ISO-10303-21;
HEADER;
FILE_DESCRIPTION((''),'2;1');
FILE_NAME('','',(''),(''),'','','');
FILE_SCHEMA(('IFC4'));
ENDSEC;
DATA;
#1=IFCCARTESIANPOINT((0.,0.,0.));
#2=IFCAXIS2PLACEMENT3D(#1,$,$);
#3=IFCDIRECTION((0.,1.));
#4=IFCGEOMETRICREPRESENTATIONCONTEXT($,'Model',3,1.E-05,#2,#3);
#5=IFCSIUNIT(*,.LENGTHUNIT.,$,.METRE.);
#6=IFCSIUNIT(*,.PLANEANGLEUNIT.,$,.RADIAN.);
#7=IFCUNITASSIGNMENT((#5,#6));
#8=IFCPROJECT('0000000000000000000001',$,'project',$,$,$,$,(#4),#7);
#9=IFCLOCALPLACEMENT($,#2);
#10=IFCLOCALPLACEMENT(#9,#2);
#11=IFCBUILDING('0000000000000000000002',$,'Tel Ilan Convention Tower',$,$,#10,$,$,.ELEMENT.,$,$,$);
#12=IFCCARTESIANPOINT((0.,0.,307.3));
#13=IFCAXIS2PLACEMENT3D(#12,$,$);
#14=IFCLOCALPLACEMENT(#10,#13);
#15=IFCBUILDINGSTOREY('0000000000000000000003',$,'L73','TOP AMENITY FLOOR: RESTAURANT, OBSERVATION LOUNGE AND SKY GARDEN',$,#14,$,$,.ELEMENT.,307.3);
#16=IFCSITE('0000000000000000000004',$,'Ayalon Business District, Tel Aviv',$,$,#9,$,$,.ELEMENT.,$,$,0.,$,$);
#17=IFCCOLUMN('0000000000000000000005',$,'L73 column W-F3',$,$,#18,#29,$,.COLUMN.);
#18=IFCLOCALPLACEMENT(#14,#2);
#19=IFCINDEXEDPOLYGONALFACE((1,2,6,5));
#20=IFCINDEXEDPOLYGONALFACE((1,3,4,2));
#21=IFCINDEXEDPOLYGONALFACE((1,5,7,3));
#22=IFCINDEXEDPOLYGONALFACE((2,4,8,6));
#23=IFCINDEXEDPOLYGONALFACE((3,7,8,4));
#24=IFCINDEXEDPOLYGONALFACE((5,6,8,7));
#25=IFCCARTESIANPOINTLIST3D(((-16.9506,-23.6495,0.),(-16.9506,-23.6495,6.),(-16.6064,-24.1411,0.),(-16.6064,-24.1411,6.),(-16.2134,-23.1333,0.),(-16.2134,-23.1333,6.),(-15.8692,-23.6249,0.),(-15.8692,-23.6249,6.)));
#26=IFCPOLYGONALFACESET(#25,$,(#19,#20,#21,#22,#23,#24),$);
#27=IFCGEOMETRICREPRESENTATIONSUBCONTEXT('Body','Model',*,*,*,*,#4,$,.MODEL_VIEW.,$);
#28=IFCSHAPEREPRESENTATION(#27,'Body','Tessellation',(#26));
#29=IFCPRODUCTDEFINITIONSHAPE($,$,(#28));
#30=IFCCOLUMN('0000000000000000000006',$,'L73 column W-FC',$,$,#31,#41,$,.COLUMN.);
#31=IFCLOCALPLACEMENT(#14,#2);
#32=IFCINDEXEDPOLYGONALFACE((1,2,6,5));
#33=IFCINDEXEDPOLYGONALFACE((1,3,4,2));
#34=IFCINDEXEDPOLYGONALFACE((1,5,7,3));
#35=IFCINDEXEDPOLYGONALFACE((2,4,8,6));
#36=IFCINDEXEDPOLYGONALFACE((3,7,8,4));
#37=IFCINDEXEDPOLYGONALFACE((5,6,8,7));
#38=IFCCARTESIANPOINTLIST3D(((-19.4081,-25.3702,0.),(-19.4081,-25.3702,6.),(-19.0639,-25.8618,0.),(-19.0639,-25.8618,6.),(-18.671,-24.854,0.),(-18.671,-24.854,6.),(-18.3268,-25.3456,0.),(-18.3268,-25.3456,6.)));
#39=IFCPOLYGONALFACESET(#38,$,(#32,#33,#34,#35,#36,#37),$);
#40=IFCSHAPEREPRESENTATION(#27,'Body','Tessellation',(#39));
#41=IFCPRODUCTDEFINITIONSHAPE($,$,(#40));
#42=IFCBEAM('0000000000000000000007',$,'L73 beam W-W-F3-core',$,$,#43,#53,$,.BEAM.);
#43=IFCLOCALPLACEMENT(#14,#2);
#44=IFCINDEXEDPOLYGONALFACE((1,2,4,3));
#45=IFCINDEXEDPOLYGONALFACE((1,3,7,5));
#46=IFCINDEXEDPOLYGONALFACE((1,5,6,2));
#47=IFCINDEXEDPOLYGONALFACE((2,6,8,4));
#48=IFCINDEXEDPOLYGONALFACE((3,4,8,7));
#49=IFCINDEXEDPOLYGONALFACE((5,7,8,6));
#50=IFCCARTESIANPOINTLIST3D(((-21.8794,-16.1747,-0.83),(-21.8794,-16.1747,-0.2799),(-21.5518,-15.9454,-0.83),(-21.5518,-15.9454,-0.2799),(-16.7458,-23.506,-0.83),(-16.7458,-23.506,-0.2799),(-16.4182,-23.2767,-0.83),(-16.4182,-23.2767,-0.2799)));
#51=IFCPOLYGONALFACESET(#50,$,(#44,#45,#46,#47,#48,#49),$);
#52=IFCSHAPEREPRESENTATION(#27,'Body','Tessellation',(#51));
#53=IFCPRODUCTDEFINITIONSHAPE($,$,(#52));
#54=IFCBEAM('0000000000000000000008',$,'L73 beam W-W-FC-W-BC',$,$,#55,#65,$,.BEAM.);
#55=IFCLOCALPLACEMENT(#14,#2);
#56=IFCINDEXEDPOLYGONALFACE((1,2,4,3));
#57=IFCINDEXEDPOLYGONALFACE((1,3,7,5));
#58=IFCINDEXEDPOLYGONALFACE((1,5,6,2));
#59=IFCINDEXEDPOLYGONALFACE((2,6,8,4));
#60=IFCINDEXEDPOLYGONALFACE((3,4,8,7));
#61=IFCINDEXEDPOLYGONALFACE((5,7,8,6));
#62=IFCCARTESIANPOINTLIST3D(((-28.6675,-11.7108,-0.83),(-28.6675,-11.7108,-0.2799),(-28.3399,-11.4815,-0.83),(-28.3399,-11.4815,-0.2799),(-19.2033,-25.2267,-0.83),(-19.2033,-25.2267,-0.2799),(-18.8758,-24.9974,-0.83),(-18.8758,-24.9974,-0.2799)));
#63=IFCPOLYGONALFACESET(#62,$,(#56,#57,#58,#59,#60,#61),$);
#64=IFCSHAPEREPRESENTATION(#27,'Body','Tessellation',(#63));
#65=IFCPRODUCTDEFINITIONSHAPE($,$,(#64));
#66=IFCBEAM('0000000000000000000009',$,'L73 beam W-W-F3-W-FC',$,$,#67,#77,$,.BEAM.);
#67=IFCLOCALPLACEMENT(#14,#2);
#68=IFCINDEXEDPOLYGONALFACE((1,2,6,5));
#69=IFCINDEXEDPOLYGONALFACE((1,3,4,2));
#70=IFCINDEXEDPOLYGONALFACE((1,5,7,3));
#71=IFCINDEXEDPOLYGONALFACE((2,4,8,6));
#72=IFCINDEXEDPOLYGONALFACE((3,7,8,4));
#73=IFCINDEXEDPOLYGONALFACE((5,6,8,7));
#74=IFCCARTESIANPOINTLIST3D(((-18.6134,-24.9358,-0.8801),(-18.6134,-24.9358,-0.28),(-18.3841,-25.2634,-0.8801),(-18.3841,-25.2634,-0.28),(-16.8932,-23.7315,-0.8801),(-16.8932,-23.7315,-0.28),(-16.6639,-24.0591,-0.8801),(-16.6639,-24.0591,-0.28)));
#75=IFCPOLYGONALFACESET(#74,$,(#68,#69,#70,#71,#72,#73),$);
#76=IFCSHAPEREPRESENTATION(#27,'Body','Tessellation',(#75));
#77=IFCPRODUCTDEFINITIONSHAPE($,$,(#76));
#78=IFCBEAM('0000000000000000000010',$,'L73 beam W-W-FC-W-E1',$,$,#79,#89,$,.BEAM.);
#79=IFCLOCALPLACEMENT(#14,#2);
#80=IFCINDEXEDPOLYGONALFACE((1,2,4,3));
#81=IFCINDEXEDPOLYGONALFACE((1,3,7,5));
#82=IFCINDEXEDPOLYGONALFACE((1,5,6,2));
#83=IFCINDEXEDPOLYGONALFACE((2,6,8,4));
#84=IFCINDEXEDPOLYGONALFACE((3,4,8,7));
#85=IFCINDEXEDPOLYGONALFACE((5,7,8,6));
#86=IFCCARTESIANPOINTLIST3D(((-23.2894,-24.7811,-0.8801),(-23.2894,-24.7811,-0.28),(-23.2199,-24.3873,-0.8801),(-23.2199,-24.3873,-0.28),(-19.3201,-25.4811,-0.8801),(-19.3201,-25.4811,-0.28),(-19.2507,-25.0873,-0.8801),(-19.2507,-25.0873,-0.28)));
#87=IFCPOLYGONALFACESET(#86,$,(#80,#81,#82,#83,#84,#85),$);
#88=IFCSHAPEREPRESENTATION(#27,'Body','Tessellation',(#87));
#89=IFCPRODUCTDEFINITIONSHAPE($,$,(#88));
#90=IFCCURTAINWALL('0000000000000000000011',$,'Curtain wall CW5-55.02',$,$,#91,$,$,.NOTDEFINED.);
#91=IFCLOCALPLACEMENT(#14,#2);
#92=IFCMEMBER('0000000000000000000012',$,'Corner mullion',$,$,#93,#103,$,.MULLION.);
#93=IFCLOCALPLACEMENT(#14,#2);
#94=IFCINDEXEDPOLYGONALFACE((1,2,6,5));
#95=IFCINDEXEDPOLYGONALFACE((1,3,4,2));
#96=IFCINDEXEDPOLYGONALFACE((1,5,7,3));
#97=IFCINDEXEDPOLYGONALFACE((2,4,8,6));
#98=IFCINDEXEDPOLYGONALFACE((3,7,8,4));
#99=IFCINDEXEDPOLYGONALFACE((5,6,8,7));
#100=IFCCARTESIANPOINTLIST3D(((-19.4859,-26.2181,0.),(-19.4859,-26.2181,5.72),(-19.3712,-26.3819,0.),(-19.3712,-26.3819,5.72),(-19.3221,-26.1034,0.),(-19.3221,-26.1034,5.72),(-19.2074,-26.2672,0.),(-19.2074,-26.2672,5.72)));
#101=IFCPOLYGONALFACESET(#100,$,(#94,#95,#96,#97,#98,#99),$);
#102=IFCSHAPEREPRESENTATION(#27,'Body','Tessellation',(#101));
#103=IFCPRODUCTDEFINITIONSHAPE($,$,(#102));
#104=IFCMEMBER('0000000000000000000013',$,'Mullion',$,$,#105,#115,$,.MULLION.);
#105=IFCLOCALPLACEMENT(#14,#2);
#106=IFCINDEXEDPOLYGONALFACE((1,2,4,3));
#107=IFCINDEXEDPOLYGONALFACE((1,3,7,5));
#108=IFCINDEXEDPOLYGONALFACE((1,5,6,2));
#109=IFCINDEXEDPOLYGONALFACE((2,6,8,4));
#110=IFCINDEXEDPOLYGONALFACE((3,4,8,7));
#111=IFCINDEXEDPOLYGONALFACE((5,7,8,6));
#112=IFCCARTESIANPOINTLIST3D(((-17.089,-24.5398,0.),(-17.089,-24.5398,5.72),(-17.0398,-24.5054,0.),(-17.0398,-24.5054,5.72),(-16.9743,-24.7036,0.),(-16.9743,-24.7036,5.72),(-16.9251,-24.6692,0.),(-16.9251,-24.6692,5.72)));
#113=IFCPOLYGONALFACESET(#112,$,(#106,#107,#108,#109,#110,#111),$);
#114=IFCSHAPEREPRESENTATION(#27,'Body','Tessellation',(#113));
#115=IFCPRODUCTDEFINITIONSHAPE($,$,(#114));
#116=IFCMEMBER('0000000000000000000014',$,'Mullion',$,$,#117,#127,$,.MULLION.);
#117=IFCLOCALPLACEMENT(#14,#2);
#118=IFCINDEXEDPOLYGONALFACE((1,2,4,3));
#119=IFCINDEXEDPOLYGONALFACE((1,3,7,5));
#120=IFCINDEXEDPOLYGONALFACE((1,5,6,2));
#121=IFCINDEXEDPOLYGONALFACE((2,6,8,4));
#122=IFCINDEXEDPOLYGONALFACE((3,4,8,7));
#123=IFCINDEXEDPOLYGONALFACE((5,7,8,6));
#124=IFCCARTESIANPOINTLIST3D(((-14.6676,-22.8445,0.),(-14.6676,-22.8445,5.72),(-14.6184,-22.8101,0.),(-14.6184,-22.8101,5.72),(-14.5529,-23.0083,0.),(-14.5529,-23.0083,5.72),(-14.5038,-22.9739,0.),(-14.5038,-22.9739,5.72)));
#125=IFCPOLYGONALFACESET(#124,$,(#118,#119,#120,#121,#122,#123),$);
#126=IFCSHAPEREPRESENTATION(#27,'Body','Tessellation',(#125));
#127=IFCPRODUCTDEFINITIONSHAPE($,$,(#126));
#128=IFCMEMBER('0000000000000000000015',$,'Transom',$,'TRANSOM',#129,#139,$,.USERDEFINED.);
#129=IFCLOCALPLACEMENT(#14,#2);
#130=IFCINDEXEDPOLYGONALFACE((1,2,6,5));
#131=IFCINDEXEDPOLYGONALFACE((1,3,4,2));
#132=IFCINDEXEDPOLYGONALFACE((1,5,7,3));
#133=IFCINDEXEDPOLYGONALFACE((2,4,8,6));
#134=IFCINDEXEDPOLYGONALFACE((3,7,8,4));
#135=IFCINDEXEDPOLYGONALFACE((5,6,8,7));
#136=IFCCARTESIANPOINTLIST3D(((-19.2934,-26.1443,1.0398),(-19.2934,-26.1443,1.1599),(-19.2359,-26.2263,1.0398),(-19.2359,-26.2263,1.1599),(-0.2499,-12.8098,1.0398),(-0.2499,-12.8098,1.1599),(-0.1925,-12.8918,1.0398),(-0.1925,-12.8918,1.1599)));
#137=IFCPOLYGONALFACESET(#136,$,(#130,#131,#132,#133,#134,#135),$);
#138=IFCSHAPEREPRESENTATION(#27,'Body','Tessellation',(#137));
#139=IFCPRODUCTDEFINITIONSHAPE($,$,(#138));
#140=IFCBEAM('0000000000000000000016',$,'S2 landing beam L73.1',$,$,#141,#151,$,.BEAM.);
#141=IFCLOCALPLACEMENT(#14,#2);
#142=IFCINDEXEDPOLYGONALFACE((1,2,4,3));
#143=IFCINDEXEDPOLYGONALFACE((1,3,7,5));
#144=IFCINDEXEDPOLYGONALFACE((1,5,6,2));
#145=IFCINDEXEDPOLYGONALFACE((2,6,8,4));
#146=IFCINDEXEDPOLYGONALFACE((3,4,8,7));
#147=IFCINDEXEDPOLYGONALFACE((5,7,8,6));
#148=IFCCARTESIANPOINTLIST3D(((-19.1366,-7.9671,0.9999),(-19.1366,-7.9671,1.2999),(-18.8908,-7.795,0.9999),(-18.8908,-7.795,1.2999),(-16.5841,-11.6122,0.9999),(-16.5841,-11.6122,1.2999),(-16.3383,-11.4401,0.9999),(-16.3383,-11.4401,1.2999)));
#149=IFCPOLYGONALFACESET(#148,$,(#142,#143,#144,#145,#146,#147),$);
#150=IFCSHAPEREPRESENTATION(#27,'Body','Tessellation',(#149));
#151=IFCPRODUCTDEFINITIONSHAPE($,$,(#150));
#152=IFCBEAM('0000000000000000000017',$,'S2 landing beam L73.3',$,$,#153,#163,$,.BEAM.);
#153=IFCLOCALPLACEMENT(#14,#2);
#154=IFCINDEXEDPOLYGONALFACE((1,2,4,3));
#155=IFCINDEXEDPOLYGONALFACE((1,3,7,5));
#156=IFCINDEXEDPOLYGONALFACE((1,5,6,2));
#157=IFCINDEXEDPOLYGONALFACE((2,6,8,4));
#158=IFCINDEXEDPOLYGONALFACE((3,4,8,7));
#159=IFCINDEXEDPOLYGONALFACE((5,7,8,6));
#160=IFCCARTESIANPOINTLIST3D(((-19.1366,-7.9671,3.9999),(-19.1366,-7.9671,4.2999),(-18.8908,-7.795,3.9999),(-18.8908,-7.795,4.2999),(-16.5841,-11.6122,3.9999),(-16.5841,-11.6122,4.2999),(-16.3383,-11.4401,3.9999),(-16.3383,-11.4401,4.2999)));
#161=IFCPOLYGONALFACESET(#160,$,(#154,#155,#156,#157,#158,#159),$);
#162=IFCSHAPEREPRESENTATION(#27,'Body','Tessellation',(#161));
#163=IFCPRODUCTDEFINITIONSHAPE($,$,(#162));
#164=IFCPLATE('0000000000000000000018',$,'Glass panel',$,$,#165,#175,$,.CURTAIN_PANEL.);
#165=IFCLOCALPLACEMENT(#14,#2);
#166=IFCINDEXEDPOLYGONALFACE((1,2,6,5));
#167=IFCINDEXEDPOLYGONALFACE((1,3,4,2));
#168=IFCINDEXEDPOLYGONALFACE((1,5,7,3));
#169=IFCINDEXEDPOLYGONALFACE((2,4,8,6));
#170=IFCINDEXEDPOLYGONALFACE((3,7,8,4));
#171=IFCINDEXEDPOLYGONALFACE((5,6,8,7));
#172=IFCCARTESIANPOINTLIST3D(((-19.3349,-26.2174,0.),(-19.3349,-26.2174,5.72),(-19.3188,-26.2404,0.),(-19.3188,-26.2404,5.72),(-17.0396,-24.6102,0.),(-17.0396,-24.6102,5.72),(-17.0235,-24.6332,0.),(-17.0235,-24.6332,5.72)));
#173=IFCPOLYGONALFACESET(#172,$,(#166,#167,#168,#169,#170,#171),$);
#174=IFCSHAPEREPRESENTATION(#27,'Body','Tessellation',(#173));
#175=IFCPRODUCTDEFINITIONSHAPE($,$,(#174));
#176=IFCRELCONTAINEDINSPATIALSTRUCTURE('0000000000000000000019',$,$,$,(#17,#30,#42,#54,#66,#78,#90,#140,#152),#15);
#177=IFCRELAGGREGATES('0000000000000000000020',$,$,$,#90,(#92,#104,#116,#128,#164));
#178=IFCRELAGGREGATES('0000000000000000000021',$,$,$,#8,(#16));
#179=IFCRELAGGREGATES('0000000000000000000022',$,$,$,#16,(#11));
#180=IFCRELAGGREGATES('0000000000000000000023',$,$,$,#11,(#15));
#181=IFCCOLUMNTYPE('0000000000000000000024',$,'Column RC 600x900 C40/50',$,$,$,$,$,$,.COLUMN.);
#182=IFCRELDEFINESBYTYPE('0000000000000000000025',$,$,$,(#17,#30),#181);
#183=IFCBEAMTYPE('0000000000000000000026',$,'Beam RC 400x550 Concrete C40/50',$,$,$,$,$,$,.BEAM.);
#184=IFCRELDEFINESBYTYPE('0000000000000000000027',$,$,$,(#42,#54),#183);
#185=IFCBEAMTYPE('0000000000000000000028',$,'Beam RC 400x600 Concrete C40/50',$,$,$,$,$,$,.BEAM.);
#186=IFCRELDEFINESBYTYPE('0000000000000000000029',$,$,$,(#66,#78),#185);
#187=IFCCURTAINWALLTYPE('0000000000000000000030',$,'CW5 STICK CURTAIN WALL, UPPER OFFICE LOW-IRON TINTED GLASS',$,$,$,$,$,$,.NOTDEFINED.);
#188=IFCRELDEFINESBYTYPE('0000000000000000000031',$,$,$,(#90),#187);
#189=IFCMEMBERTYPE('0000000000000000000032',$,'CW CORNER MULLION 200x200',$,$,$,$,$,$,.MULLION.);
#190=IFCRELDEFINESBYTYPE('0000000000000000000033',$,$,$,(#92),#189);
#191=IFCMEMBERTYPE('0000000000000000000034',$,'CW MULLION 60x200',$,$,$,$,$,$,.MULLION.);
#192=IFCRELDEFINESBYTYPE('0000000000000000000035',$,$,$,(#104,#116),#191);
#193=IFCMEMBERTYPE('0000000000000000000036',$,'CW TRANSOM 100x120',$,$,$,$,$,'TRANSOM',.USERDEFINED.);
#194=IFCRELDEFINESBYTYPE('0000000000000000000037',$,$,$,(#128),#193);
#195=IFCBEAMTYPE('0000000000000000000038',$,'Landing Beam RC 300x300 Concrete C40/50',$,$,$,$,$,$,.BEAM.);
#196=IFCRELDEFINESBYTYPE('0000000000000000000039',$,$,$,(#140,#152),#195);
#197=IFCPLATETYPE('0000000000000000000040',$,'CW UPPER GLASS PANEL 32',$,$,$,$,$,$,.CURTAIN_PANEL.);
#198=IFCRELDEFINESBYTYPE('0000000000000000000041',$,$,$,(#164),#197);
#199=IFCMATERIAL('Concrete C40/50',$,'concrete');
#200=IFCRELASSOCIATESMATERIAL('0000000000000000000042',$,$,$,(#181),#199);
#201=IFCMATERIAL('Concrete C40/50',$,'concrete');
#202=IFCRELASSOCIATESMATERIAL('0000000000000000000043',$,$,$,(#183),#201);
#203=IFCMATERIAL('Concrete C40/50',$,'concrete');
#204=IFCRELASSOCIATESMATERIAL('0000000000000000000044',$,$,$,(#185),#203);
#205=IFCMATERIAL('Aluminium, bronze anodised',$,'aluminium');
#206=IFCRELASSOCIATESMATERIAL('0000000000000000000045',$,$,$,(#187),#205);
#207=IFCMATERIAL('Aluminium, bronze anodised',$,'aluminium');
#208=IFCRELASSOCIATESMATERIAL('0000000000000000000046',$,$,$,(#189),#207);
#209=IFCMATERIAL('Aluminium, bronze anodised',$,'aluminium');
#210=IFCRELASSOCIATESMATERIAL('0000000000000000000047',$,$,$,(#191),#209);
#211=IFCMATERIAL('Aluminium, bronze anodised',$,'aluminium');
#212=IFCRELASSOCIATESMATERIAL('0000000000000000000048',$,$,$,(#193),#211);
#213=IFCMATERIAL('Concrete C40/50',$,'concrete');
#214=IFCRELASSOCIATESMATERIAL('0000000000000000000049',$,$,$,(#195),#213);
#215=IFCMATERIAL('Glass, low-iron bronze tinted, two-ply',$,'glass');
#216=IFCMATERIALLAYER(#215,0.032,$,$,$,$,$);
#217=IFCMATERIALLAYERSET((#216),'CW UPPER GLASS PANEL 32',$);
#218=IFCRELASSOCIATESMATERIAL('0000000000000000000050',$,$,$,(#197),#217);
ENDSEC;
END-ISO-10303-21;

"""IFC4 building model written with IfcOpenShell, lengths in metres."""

from ifc_helpers import new_model, si_unit, direction, frame, origin, origin_2d, place, context, subcontext, project, spatial, rectangle, extrude, material, layer, layer_set, material_profile, profile_set, type_object, element, aggregate, save


model = new_model("IFC4")

# Units and contexts
model_context = context("Model", 3, precision=1e-05, world=origin(), true_north=direction((0.0, 1.0)))
body_context = subcontext(model_context, "Body", "Model", "MODEL_VIEW")
ifc_project = project(units=[si_unit("LENGTHUNIT", "METRE"), si_unit("PLANEANGLEUNIT", "RADIAN")], contexts=[model_context])

# Site, building, storey
site_placement = place(None, origin())
site = spatial("IfcSite", under=ifc_project, at=site_placement, Name="Ayalon Business District, Tel Aviv", CompositionType="ELEMENT", RefElevation=0.0)
building_placement = place(site_placement, origin())
building = spatial("IfcBuilding", under=site, at=building_placement, Name="Tel Ilan Convention Tower", CompositionType="ELEMENT")
storey_placement = place(building_placement, frame((0.0, 0.0, 307.3)))
storey = spatial("IfcBuildingStorey", under=building, at=storey_placement, Name="L73", Description="TOP AMENITY FLOOR: RESTAURANT, OBSERVATION LOUNGE AND SKY GARDEN", CompositionType="ELEMENT", Elevation=307.3)

# Columns
ifc_material_1 = material(Name="Concrete C40/50", Category="concrete")
ifc_material_profile_1 = material_profile(ifc_material_1, rectangle(XDim=0.8999, YDim=0.6001, at=origin_2d()), Name="RC 600x900")
ifc_profile_set_1 = profile_set([ifc_material_profile_1], Name="Concrete C40/50")
column_type = type_object("IfcColumnType", Name="Column RC 600x900 C40/50", PredefinedType="COLUMN", material=ifc_profile_set_1)
for number, where, z_axis, x_axis, name in (
    (1, (-16.4099, -23.6372, 0.0), (0.0, 0.0, 1.0), (-0.819152, -0.573576, 0.0), "L73 column W-F3"),
    (2, (-18.8674, -25.3579, 0.0), (0.0, 0.0, 1.0), (-0.819152, -0.573576, 0.0), "L73 column W-FC"),
):
    element("IfcColumn", number, at=place(storey_placement, frame(where, z_axis=z_axis, x_axis=x_axis)), inside=storey, type_object=column_type, Name=name, PredefinedType="COLUMN", context=body_context, shape_type="SweptSolid", body=[
        extrude(rectangle(XDim=0.8999, YDim=0.6001, at=origin_2d()), origin(), (0.0, 0.0, 1.0), 6.0),
    ])

# Beams
ifc_material_2 = material(Name="Concrete C40/50", Category="concrete")
ifc_material_profile_2 = material_profile(ifc_material_2, rectangle(XDim=0.3999, YDim=0.55, at=origin_2d()), Name="RC 400x550")
ifc_profile_set_2 = profile_set([ifc_material_profile_2], Name="Concrete C40/50")
beam_type_1 = type_object("IfcBeamType", Name="Beam RC 400x550 Concrete C40/50", PredefinedType="BEAM", material=ifc_profile_set_2)
beam_1_placement = place(storey_placement, frame((-16.582, -23.3914, -0.5549), z_axis=(-0.573585, 0.819146, 0.0), x_axis=(-0.819146, -0.573585, 0.0)))
element("IfcBeam", 3, at=beam_1_placement, inside=storey, type_object=beam_type_1, Name="L73 beam W-W-F3-core", PredefinedType="BEAM", context=body_context, shape_type="SweptSolid", body=[
    extrude(rectangle(XDim=0.3999, YDim=0.55, at=origin_2d()), origin(), (0.0, 0.0, 1.0), 8.95),
])
beam_2_placement = place(storey_placement, frame((-19.0396, -25.1121, -0.5549), z_axis=(-0.573584, 0.819146, 0.0), x_axis=(-0.819146, -0.573584, 0.0)))
element("IfcBeam", 4, at=beam_2_placement, inside=storey, type_object=beam_type_1, Name="L73 beam W-W-FC-W-BC", PredefinedType="BEAM", context=body_context, shape_type="SweptSolid", body=[
    extrude(rectangle(XDim=0.3999, YDim=0.55, at=origin_2d()), origin(), (0.0, 0.0, 1.0), 16.5),
])
ifc_material_3 = material(Name="Concrete C40/50", Category="concrete")
ifc_material_profile_3 = material_profile(ifc_material_3, rectangle(XDim=0.3999, YDim=0.6001, at=origin_2d()), Name="RC 400x600")
ifc_profile_set_3 = profile_set([ifc_material_profile_3], Name="Concrete C40/50")
beam_type_2 = type_object("IfcBeamType", Name="Beam RC 400x600 Concrete C40/50", PredefinedType="BEAM", material=ifc_profile_set_3)
beam_3_placement = place(storey_placement, frame((-16.7786, -23.8953, -0.5801), z_axis=(-0.819188, -0.573525, 0.0), x_axis=(0.573525, -0.819188, 0.0)))
element("IfcBeam", 5, at=beam_3_placement, inside=storey, type_object=beam_type_2, Name="L73 beam W-W-F3-W-FC", PredefinedType="BEAM", context=body_context, shape_type="SweptSolid", body=[
    extrude(rectangle(XDim=0.3999, YDim=0.6001, at=origin_2d()), origin(), (0.0, 0.0, 1.0), 2.0999),
])
beam_4_placement = place(storey_placement, frame((-19.2854, -25.2842, -0.5801), z_axis=(-0.984805, 0.173664, 0.0), x_axis=(-0.173664, -0.984805, 0.0)))
element("IfcBeam", 6, at=beam_4_placement, inside=storey, type_object=beam_type_2, Name="L73 beam W-W-FC-W-E1", PredefinedType="BEAM", context=body_context, shape_type="SweptSolid", body=[
    extrude(rectangle(XDim=0.3999, YDim=0.6001, at=origin_2d()), origin(), (0.0, 0.0, 1.0), 4.0305),
])

# Curtain wall, members
ifc_material_4 = material(Name="Aluminium, bronze anodised", Category="aluminium")
curtain_wall_type = type_object("IfcCurtainWallType", Name="CW5 STICK CURTAIN WALL, UPPER OFFICE LOW-IRON TINTED GLASS", PredefinedType="NOTDEFINED", material=ifc_material_4)
curtain_wall_placement = place(storey_placement, origin())
curtain_wall = element("IfcCurtainWall", 7, at=curtain_wall_placement, inside=storey, type_object=curtain_wall_type, Name="Curtain wall CW5-55.02", PredefinedType="NOTDEFINED")
ifc_material_5 = material(Name="Aluminium, bronze anodised", Category="aluminium")
ifc_material_profile_4 = material_profile(ifc_material_5, rectangle(XDim=0.2, YDim=0.2, at=origin_2d()), Name="CW CORNER MULLION 200x200")
ifc_profile_set_4 = profile_set([ifc_material_profile_4], Name="Aluminium, bronze anodised")
member_type_1 = type_object("IfcMemberType", Name="CW CORNER MULLION 200x200", PredefinedType="MULLION", material=ifc_profile_set_4)
member_1_placement = place(storey_placement, frame((-19.3467, -26.2427, 0.0), z_axis=(0.0, 0.0, 1.0), x_axis=(0.573576, -0.819152, 0.0)))
member_1 = element("IfcMember", 8, at=member_1_placement, type_object=member_type_1, Name="Corner mullion", PredefinedType="MULLION", context=body_context, shape_type="SweptSolid", body=[
    extrude(rectangle(XDim=0.2, YDim=0.2, at=origin_2d()), origin(), (0.0, 0.0, 1.0), 5.72),
])
ifc_material_6 = material(Name="Aluminium, bronze anodised", Category="aluminium")
ifc_material_profile_5 = material_profile(ifc_material_6, rectangle(XDim=0.0601, YDim=0.2, at=origin_2d()), Name="CW MULLION 60x200")
ifc_profile_set_5 = profile_set([ifc_material_profile_5], Name="Aluminium, bronze anodised")
member_type_2 = type_object("IfcMemberType", Name="CW MULLION 60x200", PredefinedType="MULLION", material=ifc_profile_set_5)
member_2_placement = place(storey_placement, frame((-17.0071, -24.6045, 0.0), z_axis=(0.0, 0.0, 1.0), x_axis=(0.819152, 0.573576, 0.0)))
member_2 = element("IfcMember", 9, at=member_2_placement, type_object=member_type_2, Name="Mullion", PredefinedType="MULLION", context=body_context, shape_type="SweptSolid", body=[
    extrude(rectangle(XDim=0.0601, YDim=0.2, at=origin_2d()), origin(), (0.0, 0.0, 1.0), 5.72),
])
member_3_placement = place(storey_placement, frame((-14.5857, -22.9092, 0.0), z_axis=(0.0, 0.0, 1.0), x_axis=(0.819152, 0.573576, 0.0)))
member_3 = element("IfcMember", 10, at=member_3_placement, type_object=member_type_2, Name="Mullion", PredefinedType="MULLION", context=body_context, shape_type="SweptSolid", body=[
    extrude(rectangle(XDim=0.0601, YDim=0.2, at=origin_2d()), origin(), (0.0, 0.0, 1.0), 5.72),
])
ifc_material_7 = material(Name="Aluminium, bronze anodised", Category="aluminium")
ifc_material_profile_6 = material_profile(ifc_material_7, rectangle(XDim=0.1001, YDim=0.1201, at=origin_2d()), Name="CW TRANSOM 100x120")
ifc_profile_set_6 = profile_set([ifc_material_profile_6], Name="Aluminium, bronze anodised")
member_type_3 = type_object("IfcMemberType", Name="CW TRANSOM 100x120", ElementType="TRANSOM", PredefinedType="USERDEFINED", material=ifc_profile_set_6)
member_4_placement = place(storey_placement, frame((-19.2646, -26.1853, 1.0999), z_axis=(0.81915, 0.573579, 0.0), x_axis=(-0.573579, 0.81915, 0.0)))
member_4 = element("IfcMember", 11, at=member_4_placement, type_object=member_type_3, Name="Transom", ObjectType="TRANSOM", PredefinedType="USERDEFINED", context=body_context, shape_type="SweptSolid", body=[
    extrude(rectangle(XDim=0.1001, YDim=0.1201, at=origin_2d()), origin(), (0.0, 0.0, 1.0), 23.2478),
])

# Beams
ifc_material_8 = material(Name="Concrete C40/50", Category="concrete")
ifc_material_profile_7 = material_profile(ifc_material_8, rectangle(XDim=0.3, YDim=0.3, at=origin_2d()), Name="RC 300x300")
ifc_profile_set_7 = profile_set([ifc_material_profile_7], Name="Concrete C40/50")
beam_type_3 = type_object("IfcBeamType", Name="Landing Beam RC 300x300 Concrete C40/50", PredefinedType="BEAM", material=ifc_profile_set_7)
for number, where, z_axis, x_axis, name in (
    (12, (-16.4612, -11.5261, 1.1499), (-0.57361, 0.819129, 0.0), (-0.819129, -0.57361, 0.0), "S2 landing beam L73.1"),
    (13, (-16.4612, -11.5261, 4.1499), (-0.57361, 0.819129, 0.0), (-0.819129, -0.57361, 0.0), "S2 landing beam L73.3"),
):
    element("IfcBeam", number, at=place(storey_placement, frame(where, z_axis=z_axis, x_axis=x_axis)), inside=storey, type_object=beam_type_3, Name=name, PredefinedType="BEAM", context=body_context, shape_type="SweptSolid", body=[
        extrude(rectangle(XDim=0.3, YDim=0.3, at=origin_2d()), origin(), (0.0, 0.0, 1.0), 4.45),
    ])

# Plate
ifc_material_9 = material(Name="Glass, low-iron bronze tinted, two-ply", Category="glass")
ifc_layer_1 = layer(ifc_material_9, 0.032)
ifc_layer_set_1 = layer_set([ifc_layer_1], Name="CW UPPER GLASS PANEL 32")
plate_type = type_object("IfcPlateType", Name="CW UPPER GLASS PANEL 32", PredefinedType="CURTAIN_PANEL", material=ifc_layer_set_1)
plate_1_placement = place(storey_placement, frame((-18.1792, -25.4253, 0.0), z_axis=(0.0, 0.0, 1.0), x_axis=(0.819152, 0.573576, 0.0)))
plate_1 = element("IfcPlate", 14, at=plate_1_placement, type_object=plate_type, Name="Glass panel", PredefinedType="CURTAIN_PANEL", context=body_context, shape_type="SweptSolid", body=[
    extrude(rectangle(XDim=2.802, YDim=0.0281, at=origin_2d()), origin(), (0.0, 0.0, 1.0), 5.72),
])
aggregate(curtain_wall, [member_1, member_2, member_3, member_4, plate_1])

save(model, "model.ifc")
